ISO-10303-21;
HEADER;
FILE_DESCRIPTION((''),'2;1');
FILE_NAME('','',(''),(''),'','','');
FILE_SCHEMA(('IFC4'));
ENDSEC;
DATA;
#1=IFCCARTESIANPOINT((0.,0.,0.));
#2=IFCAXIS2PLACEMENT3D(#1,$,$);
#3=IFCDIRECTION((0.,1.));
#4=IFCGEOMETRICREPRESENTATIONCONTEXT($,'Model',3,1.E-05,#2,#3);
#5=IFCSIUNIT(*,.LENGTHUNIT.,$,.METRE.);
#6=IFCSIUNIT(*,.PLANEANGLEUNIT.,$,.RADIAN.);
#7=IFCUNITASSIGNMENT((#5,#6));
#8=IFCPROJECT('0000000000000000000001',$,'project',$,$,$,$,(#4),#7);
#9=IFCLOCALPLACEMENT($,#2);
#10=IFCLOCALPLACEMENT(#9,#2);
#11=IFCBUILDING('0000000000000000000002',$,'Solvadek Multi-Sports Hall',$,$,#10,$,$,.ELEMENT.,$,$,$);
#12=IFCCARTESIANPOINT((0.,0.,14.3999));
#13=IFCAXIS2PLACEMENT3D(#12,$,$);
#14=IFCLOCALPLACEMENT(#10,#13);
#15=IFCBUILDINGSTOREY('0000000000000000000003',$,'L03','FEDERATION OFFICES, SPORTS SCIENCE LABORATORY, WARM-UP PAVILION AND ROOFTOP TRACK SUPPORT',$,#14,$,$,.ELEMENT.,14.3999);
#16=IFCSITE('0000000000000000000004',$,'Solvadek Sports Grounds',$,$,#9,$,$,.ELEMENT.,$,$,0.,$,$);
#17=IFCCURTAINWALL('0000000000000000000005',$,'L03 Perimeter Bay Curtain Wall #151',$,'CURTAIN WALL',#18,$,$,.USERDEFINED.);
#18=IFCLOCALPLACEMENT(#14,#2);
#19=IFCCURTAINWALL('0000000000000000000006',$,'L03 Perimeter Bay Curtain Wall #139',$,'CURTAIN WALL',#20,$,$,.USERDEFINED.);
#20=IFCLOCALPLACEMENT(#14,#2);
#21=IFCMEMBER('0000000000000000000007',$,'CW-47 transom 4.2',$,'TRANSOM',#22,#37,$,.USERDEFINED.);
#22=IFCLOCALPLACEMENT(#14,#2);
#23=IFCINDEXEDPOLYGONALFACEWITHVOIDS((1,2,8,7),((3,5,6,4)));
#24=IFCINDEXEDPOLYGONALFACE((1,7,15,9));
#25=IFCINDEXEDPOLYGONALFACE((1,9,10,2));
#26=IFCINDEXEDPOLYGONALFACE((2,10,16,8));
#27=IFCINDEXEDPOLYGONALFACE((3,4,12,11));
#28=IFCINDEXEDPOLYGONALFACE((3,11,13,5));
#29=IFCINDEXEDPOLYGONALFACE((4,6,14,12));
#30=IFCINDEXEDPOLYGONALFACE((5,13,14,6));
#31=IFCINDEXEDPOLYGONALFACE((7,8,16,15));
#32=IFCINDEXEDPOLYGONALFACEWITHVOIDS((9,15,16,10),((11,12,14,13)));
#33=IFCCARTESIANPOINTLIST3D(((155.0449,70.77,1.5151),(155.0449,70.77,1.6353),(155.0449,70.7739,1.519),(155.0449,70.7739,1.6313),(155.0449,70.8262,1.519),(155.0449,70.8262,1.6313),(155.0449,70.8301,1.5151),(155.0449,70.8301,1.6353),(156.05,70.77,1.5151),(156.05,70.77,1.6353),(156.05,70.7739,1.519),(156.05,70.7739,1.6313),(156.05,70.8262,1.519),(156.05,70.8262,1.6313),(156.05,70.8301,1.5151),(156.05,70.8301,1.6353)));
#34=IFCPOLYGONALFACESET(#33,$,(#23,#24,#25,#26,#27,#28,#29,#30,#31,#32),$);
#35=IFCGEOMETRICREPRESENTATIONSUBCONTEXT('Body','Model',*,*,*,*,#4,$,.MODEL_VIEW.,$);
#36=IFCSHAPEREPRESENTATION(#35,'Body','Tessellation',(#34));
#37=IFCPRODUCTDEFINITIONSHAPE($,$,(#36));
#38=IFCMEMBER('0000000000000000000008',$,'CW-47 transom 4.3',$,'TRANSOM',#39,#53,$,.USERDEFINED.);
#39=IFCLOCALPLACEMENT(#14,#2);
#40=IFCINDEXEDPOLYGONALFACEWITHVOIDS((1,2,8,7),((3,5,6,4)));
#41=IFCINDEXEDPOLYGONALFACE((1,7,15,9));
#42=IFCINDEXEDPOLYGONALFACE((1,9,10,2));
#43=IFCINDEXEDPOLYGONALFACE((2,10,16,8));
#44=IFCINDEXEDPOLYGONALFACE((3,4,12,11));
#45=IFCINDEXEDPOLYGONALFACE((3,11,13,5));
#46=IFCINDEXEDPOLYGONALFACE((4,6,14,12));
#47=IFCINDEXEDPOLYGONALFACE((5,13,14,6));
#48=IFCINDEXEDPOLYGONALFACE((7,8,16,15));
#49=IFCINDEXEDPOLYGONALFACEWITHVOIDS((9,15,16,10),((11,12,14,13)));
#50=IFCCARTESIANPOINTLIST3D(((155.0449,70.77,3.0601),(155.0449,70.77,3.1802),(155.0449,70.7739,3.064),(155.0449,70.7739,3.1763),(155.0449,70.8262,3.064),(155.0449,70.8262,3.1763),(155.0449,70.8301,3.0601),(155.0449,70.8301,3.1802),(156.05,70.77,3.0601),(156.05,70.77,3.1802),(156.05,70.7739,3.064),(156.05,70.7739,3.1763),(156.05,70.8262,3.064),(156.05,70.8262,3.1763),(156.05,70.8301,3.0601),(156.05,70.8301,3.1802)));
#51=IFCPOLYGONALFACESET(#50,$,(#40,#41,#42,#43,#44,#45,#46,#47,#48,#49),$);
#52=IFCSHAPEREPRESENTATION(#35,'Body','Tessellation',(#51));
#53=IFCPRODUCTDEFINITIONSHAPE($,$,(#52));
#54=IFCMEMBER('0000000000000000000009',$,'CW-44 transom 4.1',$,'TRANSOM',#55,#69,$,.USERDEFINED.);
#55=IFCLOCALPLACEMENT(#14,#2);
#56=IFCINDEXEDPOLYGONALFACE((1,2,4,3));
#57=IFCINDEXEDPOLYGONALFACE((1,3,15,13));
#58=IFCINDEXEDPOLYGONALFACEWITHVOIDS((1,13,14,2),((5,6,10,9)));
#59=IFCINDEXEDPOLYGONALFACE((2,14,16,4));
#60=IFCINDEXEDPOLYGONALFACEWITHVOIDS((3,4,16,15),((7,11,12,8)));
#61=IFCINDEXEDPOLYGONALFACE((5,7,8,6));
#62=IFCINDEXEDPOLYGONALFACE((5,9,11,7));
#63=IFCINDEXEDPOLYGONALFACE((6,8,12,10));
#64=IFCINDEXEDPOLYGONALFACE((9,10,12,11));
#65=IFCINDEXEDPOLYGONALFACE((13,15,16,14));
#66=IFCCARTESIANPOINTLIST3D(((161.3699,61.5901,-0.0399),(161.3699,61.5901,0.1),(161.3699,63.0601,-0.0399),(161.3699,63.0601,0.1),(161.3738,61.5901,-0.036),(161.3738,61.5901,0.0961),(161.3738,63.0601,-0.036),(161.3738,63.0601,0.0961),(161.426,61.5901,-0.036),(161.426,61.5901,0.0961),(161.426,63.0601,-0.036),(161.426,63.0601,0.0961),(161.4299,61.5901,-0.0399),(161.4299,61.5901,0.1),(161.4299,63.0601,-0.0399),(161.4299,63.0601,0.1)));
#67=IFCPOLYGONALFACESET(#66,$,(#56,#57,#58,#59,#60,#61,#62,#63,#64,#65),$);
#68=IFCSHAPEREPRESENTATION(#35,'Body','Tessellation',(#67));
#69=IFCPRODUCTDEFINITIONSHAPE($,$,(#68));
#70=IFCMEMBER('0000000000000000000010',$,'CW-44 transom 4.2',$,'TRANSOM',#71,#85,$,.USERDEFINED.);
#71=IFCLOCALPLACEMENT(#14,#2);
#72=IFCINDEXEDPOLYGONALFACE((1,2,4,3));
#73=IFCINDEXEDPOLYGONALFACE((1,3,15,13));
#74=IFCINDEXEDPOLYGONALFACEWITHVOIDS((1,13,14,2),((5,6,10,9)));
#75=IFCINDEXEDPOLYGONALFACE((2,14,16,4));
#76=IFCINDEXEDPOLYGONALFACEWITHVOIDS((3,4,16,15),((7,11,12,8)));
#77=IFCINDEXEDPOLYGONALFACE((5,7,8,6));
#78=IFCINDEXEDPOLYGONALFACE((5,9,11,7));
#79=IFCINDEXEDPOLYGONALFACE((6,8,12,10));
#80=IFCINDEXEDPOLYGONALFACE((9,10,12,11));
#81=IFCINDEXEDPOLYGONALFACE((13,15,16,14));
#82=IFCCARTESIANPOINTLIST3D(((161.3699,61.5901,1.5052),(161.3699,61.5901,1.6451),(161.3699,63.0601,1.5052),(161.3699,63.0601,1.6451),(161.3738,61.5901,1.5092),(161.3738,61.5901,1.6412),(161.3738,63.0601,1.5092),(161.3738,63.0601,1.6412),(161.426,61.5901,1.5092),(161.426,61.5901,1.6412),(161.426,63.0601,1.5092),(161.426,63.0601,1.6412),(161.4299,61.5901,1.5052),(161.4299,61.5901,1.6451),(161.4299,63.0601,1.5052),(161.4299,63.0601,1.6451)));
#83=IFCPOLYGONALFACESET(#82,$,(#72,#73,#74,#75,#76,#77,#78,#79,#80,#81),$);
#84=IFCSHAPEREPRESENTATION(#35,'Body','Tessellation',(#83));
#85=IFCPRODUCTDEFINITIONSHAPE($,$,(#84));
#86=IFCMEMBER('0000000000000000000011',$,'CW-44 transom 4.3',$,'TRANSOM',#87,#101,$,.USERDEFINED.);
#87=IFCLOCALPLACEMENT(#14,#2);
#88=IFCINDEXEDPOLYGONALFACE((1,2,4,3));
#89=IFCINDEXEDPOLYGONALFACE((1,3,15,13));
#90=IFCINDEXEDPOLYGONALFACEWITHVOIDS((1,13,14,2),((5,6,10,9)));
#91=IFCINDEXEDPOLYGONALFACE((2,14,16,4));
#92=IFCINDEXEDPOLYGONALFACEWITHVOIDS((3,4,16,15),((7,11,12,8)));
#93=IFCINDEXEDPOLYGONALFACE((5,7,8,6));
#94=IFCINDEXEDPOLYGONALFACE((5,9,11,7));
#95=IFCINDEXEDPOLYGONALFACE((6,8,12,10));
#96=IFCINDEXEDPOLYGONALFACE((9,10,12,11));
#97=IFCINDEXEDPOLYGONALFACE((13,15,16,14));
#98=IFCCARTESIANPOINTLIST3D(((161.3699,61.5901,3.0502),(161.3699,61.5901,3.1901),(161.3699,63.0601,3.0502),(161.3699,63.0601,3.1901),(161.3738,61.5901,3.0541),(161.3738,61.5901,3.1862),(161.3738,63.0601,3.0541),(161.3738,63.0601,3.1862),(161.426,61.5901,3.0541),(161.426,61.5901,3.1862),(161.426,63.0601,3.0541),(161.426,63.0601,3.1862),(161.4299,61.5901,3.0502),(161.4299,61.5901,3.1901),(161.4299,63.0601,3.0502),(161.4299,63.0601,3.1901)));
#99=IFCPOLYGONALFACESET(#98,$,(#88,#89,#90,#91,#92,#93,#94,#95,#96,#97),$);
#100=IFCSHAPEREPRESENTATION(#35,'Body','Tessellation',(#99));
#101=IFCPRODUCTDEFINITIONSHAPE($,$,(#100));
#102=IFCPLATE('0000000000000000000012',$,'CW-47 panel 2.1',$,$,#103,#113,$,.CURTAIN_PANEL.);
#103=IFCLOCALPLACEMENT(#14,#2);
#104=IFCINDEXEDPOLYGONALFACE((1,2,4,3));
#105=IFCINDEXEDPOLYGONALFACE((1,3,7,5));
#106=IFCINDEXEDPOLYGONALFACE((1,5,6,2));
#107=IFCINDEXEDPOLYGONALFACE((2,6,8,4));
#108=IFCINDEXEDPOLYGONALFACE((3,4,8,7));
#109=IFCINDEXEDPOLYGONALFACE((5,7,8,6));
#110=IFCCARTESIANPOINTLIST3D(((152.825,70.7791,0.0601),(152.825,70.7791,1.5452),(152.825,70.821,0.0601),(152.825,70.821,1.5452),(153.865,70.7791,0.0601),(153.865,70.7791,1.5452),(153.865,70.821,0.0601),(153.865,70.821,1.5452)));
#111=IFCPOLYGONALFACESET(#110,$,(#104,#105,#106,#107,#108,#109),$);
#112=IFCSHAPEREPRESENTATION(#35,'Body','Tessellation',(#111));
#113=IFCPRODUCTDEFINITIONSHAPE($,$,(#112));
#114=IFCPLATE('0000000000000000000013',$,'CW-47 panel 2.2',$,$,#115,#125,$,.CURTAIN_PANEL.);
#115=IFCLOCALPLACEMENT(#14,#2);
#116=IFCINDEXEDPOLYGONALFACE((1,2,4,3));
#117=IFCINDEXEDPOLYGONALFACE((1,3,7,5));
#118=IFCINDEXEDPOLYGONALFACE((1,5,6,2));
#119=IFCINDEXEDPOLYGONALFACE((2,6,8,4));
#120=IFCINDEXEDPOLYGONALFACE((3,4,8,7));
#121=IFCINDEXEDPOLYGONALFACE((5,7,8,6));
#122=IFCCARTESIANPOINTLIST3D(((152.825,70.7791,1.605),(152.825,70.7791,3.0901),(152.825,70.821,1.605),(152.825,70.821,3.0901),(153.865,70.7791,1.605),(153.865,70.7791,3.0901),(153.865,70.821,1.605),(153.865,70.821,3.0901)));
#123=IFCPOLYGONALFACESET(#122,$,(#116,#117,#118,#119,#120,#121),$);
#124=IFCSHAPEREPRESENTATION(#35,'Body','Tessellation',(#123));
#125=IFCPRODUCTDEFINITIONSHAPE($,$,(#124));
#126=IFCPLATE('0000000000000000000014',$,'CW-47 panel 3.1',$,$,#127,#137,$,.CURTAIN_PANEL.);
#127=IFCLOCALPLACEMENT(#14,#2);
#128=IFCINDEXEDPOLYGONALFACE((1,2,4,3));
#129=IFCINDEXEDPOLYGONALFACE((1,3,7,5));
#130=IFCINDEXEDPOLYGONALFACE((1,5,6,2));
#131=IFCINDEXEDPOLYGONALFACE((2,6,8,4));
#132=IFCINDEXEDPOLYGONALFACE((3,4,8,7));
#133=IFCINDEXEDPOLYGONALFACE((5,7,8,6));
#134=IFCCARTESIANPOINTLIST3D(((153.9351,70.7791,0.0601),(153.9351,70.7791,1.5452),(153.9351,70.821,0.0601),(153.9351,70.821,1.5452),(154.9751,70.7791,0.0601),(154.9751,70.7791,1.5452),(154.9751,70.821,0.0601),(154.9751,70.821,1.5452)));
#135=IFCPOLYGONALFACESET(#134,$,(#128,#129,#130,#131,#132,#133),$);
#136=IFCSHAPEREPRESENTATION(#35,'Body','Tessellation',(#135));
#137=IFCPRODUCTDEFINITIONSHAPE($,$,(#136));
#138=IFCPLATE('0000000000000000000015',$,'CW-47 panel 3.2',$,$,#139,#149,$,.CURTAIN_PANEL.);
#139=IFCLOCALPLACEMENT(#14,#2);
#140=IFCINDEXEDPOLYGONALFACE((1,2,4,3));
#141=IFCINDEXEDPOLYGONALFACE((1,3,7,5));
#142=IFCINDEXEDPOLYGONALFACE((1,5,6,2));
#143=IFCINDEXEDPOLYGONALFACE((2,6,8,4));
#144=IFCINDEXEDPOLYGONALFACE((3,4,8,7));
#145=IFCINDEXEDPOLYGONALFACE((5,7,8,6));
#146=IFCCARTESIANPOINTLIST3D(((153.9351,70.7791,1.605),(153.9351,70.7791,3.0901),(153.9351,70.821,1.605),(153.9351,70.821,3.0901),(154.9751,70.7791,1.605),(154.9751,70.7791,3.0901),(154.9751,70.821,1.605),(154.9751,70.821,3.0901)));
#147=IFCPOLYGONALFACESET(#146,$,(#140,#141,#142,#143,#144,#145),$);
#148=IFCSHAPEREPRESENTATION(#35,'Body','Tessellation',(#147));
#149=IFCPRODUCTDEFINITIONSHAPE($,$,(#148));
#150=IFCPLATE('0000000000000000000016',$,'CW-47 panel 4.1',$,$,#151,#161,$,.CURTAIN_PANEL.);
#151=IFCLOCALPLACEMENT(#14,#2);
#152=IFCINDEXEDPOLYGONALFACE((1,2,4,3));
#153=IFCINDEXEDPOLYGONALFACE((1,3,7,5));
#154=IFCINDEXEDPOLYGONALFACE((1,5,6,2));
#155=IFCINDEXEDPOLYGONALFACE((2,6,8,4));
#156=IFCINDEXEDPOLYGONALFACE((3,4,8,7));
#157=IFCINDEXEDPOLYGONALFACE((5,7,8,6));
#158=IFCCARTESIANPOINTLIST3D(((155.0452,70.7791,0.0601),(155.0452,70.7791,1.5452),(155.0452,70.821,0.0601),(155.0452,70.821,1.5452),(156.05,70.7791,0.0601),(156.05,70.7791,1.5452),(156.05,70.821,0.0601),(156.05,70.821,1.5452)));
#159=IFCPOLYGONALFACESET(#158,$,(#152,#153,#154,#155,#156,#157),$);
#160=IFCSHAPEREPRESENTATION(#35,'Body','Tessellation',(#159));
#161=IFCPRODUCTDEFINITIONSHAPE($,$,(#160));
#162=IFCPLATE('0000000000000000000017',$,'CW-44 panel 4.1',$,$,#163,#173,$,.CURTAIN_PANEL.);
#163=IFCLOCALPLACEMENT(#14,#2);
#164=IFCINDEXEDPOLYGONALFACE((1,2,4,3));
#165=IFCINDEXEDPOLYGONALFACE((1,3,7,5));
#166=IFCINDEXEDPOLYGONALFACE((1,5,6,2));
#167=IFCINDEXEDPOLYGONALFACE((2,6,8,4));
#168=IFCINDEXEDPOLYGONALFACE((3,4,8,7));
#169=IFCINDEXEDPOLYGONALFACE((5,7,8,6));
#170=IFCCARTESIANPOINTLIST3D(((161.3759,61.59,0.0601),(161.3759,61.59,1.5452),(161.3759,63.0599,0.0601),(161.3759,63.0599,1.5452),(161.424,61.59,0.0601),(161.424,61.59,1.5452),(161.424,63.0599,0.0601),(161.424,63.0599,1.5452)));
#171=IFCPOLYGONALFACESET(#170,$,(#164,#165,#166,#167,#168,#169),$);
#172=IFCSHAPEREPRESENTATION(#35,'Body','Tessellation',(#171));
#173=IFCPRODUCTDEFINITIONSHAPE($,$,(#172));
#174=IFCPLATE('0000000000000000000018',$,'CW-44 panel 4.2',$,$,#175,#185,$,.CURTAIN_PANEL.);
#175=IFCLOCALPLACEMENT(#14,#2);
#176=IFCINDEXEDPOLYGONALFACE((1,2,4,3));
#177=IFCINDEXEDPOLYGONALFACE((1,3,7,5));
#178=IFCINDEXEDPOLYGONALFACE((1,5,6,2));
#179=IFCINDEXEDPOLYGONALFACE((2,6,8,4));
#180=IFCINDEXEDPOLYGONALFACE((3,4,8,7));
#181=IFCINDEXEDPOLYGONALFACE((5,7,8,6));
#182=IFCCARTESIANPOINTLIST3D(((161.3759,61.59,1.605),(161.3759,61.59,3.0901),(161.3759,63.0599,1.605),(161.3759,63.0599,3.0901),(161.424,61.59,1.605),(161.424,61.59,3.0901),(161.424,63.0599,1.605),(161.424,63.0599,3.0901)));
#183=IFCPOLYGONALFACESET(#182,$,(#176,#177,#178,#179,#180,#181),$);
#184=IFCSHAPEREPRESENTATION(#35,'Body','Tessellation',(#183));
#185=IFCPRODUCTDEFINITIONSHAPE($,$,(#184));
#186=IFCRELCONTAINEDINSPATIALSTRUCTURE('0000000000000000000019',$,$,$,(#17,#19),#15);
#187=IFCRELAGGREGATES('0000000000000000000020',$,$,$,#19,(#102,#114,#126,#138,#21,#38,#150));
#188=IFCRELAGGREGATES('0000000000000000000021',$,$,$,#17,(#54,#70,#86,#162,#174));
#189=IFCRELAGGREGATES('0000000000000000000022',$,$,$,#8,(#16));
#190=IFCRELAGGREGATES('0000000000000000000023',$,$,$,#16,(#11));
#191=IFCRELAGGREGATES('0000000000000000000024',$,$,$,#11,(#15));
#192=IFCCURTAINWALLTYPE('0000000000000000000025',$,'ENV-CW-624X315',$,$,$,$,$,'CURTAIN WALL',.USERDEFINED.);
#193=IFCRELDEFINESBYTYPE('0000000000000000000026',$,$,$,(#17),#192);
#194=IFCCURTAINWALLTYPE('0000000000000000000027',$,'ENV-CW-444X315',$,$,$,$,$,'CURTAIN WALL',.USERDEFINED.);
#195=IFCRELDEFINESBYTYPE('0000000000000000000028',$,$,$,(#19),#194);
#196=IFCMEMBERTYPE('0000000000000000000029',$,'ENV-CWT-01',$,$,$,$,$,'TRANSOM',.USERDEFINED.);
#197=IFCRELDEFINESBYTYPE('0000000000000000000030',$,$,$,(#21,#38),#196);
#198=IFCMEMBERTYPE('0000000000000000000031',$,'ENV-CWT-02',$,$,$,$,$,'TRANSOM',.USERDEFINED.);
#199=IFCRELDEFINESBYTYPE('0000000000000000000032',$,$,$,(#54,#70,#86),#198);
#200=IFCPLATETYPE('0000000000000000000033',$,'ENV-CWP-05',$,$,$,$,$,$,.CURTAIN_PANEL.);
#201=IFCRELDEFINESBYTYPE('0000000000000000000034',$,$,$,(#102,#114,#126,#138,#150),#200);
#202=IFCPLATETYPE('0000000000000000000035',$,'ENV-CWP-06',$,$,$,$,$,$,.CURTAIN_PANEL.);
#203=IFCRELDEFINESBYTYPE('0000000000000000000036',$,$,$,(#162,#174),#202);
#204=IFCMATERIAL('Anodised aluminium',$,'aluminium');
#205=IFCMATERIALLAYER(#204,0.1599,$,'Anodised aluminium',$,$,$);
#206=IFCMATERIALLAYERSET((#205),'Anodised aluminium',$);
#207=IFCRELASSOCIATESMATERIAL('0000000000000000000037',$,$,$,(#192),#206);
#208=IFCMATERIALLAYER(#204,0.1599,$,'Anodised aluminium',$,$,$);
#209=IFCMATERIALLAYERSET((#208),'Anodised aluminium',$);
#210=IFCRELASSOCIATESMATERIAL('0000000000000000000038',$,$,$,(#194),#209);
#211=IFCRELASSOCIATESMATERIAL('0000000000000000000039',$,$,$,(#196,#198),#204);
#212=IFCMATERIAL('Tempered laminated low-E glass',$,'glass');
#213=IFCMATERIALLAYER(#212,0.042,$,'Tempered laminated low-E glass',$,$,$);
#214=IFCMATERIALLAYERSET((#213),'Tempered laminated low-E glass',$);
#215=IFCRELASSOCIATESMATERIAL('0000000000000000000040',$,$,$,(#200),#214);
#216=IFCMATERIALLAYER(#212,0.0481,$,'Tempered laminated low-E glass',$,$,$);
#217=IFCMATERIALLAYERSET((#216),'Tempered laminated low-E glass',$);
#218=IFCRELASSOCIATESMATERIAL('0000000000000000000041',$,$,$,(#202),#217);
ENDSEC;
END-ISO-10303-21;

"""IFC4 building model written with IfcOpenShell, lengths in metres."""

from ifc_helpers import new_model, si_unit, direction, frame, origin, origin_2d, place, context, subcontext, project, spatial, rectangle, hollow_rectangle, extrude, material, layer, layer_set, material_profile, profile_set, type_object, element, aggregate, save


model = new_model("IFC4")

# Units and contexts
model_context = context("Model", 3, precision=1e-05, world=origin(), true_north=direction((0.0, 1.0)))
body_context = subcontext(model_context, "Body", "Model", "MODEL_VIEW")
ifc_project = project(units=[si_unit("LENGTHUNIT", "METRE"), si_unit("PLANEANGLEUNIT", "RADIAN")], contexts=[model_context])

# Site, building, storey
site_placement = place(None, origin())
site = spatial("IfcSite", under=ifc_project, at=site_placement, Name="Solvadek Sports Grounds", CompositionType="ELEMENT", RefElevation=0.0)
building_placement = place(site_placement, origin())
building = spatial("IfcBuilding", under=site, at=building_placement, Name="Solvadek Multi-Sports Hall", CompositionType="ELEMENT")
storey_placement = place(building_placement, frame((0.0, 0.0, 14.3999)))
storey = spatial("IfcBuildingStorey", under=building, at=storey_placement, Name="L03", Description="FEDERATION OFFICES, SPORTS SCIENCE LABORATORY, WARM-UP PAVILION AND ROOFTOP TRACK SUPPORT", CompositionType="ELEMENT", Elevation=14.3999)

# Curtain walls, members
ifc_material_1 = material(Name="Anodised aluminium", Category="aluminium")
ifc_layer_1 = layer(ifc_material_1, 0.1599, Name="Anodised aluminium")
ifc_layer_set_1 = layer_set([ifc_layer_1], Name="Anodised aluminium")
curtain_wall_type_1 = type_object("IfcCurtainWallType", Name="ENV-CW-624X315", ElementType="CURTAIN WALL", PredefinedType="USERDEFINED", material=ifc_layer_set_1)
curtain_wall_1_placement = place(storey_placement, origin())
curtain_wall_1 = element("IfcCurtainWall", 1, at=curtain_wall_1_placement, inside=storey, type_object=curtain_wall_type_1, Name="L03 Perimeter Bay Curtain Wall #151", ObjectType="CURTAIN WALL", PredefinedType="USERDEFINED")
ifc_layer_2 = layer(ifc_material_1, 0.1599, Name="Anodised aluminium")
ifc_layer_set_2 = layer_set([ifc_layer_2], Name="Anodised aluminium")
curtain_wall_type_2 = type_object("IfcCurtainWallType", Name="ENV-CW-444X315", ElementType="CURTAIN WALL", PredefinedType="USERDEFINED", material=ifc_layer_set_2)
curtain_wall_2_placement = place(storey_placement, origin())
curtain_wall_2 = element("IfcCurtainWall", 2, at=curtain_wall_2_placement, inside=storey, type_object=curtain_wall_type_2, Name="L03 Perimeter Bay Curtain Wall #139", ObjectType="CURTAIN WALL", PredefinedType="USERDEFINED")
ifc_material_profile_1 = material_profile(ifc_material_1, hollow_rectangle(XDim=0.0601, YDim=0.1201, WallThickness=0.0039, at=origin_2d()), Name="ALU-T 120x60x4")
ifc_profile_set_1 = profile_set([ifc_material_profile_1], Name="Anodised aluminium")
member_type_1 = type_object("IfcMemberType", Name="ENV-CWT-01", ElementType="TRANSOM", PredefinedType="USERDEFINED", material=ifc_profile_set_1)
member_1_placement = place(storey_placement, frame((155.0449, 70.8, 1.5752), z_axis=(1.0, 0.0, 0.0), x_axis=(0.0, 1.0, 0.0)))
member_1 = element("IfcMember", 3, at=member_1_placement, type_object=member_type_1, Name="CW-47 transom 4.2", ObjectType="TRANSOM", PredefinedType="USERDEFINED", context=body_context, shape_type="SweptSolid", body=[
    extrude(hollow_rectangle(XDim=0.0601, YDim=0.1201, WallThickness=0.0039, at=origin_2d()), origin(), (0.0, 0.0, 1.0), 1.0051),
])
member_2_placement = place(storey_placement, frame((155.0449, 70.8, 3.1201), z_axis=(1.0, 0.0, 0.0), x_axis=(0.0, 1.0, 0.0)))
member_2 = element("IfcMember", 4, at=member_2_placement, type_object=member_type_1, Name="CW-47 transom 4.3", ObjectType="TRANSOM", PredefinedType="USERDEFINED", context=body_context, shape_type="SweptSolid", body=[
    extrude(hollow_rectangle(XDim=0.0601, YDim=0.1201, WallThickness=0.0039, at=origin_2d()), origin(), (0.0, 0.0, 1.0), 1.0051),
])

# Members
ifc_material_profile_2 = material_profile(ifc_material_1, hollow_rectangle(XDim=0.0601, YDim=0.1399, WallThickness=0.0039, at=origin_2d()), Name="ALU-T 140x60x4")
ifc_profile_set_2 = profile_set([ifc_material_profile_2], Name="Anodised aluminium")
member_type_2 = type_object("IfcMemberType", Name="ENV-CWT-02", ElementType="TRANSOM", PredefinedType="USERDEFINED", material=ifc_profile_set_2)
member_3_placement = place(storey_placement, frame((161.3999, 61.5901, 0.03), z_axis=(0.0, 1.0, 0.0), x_axis=(-1.0, 0.0, 0.0)))
member_3 = element("IfcMember", 5, at=member_3_placement, type_object=member_type_2, Name="CW-44 transom 4.1", ObjectType="TRANSOM", PredefinedType="USERDEFINED", context=body_context, shape_type="SweptSolid", body=[
    extrude(hollow_rectangle(XDim=0.0601, YDim=0.1399, WallThickness=0.0039, at=origin_2d()), origin(), (0.0, 0.0, 1.0), 1.47),
])
member_4_placement = place(storey_placement, frame((161.3999, 61.5901, 1.5752), z_axis=(0.0, 1.0, 0.0), x_axis=(-1.0, 0.0, 0.0)))
member_4 = element("IfcMember", 6, at=member_4_placement, type_object=member_type_2, Name="CW-44 transom 4.2", ObjectType="TRANSOM", PredefinedType="USERDEFINED", context=body_context, shape_type="SweptSolid", body=[
    extrude(hollow_rectangle(XDim=0.0601, YDim=0.1399, WallThickness=0.0039, at=origin_2d()), origin(), (0.0, 0.0, 1.0), 1.47),
])
member_5_placement = place(storey_placement, frame((161.3999, 61.5901, 3.1201), z_axis=(0.0, 1.0, 0.0), x_axis=(-1.0, 0.0, 0.0)))
member_5 = element("IfcMember", 7, at=member_5_placement, type_object=member_type_2, Name="CW-44 transom 4.3", ObjectType="TRANSOM", PredefinedType="USERDEFINED", context=body_context, shape_type="SweptSolid", body=[
    extrude(hollow_rectangle(XDim=0.0601, YDim=0.1399, WallThickness=0.0039, at=origin_2d()), origin(), (0.0, 0.0, 1.0), 1.47),
])

# Plates
ifc_material_2 = material(Name="Tempered laminated low-E glass", Category="glass")
ifc_layer_3 = layer(ifc_material_2, 0.042, Name="Tempered laminated low-E glass")
ifc_layer_set_3 = layer_set([ifc_layer_3], Name="Tempered laminated low-E glass")
plate_type_1 = type_object("IfcPlateType", Name="ENV-CWP-05", PredefinedType="CURTAIN_PANEL", material=ifc_layer_set_3)
plate_1_placement = place(storey_placement, frame((153.345, 70.8, 0.0601), z_axis=(0.0, 0.0, 1.0), x_axis=(1.0, 0.0, 0.0)))
plate_1 = element("IfcPlate", 8, at=plate_1_placement, type_object=plate_type_1, Name="CW-47 panel 2.1", PredefinedType="CURTAIN_PANEL", context=body_context, shape_type="SweptSolid", body=[
    extrude(rectangle(XDim=1.04, YDim=0.042, at=origin_2d()), origin(), (0.0, 0.0, 1.0), 1.4851),
])
plate_2_placement = place(storey_placement, frame((153.345, 70.8, 1.605), z_axis=(0.0, 0.0, 1.0), x_axis=(1.0, 0.0, 0.0)))
plate_2 = element("IfcPlate", 9, at=plate_2_placement, type_object=plate_type_1, Name="CW-47 panel 2.2", PredefinedType="CURTAIN_PANEL", context=body_context, shape_type="SweptSolid", body=[
    extrude(rectangle(XDim=1.04, YDim=0.042, at=origin_2d()), origin(), (0.0, 0.0, 1.0), 1.4851),
])
plate_3_placement = place(storey_placement, frame((154.4551, 70.8, 0.0601), z_axis=(0.0, 0.0, 1.0), x_axis=(1.0, 0.0, 0.0)))
plate_3 = element("IfcPlate", 10, at=plate_3_placement, type_object=plate_type_1, Name="CW-47 panel 3.1", PredefinedType="CURTAIN_PANEL", context=body_context, shape_type="SweptSolid", body=[
    extrude(rectangle(XDim=1.04, YDim=0.042, at=origin_2d()), origin(), (0.0, 0.0, 1.0), 1.4851),
])
plate_4_placement = place(storey_placement, frame((154.4551, 70.8, 1.605), z_axis=(0.0, 0.0, 1.0), x_axis=(1.0, 0.0, 0.0)))
plate_4 = element("IfcPlate", 11, at=plate_4_placement, type_object=plate_type_1, Name="CW-47 panel 3.2", PredefinedType="CURTAIN_PANEL", context=body_context, shape_type="SweptSolid", body=[
    extrude(rectangle(XDim=1.04, YDim=0.042, at=origin_2d()), origin(), (0.0, 0.0, 1.0), 1.4851),
])
plate_5_placement = place(storey_placement, frame((155.5476, 70.8, 0.0601), z_axis=(0.0, 0.0, 1.0), x_axis=(1.0, 0.0, 0.0)))
plate_5 = element("IfcPlate", 12, at=plate_5_placement, type_object=plate_type_1, Name="CW-47 panel 4.1", PredefinedType="CURTAIN_PANEL", context=body_context, shape_type="SweptSolid", body=[
    extrude(rectangle(XDim=1.0049, YDim=0.042, at=origin_2d()), origin(), (0.0, 0.0, 1.0), 1.4851),
])
aggregate(curtain_wall_2, [plate_1, plate_2, plate_3, plate_4, member_1, member_2, plate_5])
ifc_layer_4 = layer(ifc_material_2, 0.0481, Name="Tempered laminated low-E glass")
ifc_layer_set_4 = layer_set([ifc_layer_4], Name="Tempered laminated low-E glass")
plate_type_2 = type_object("IfcPlateType", Name="ENV-CWP-06", PredefinedType="CURTAIN_PANEL", material=ifc_layer_set_4)
plate_6_placement = place(storey_placement, frame((161.3999, 62.325, 0.0601), z_axis=(0.0, 0.0, 1.0), x_axis=(0.0, 1.0, 0.0)))
plate_6 = element("IfcPlate", 13, at=plate_6_placement, type_object=plate_type_2, Name="CW-44 panel 4.1", PredefinedType="CURTAIN_PANEL", context=body_context, shape_type="SweptSolid", body=[
    extrude(rectangle(XDim=1.47, YDim=0.0481, at=origin_2d()), origin(), (0.0, 0.0, 1.0), 1.4851),
])
plate_7_placement = place(storey_placement, frame((161.3999, 62.325, 1.605), z_axis=(0.0, 0.0, 1.0), x_axis=(0.0, 1.0, 0.0)))
plate_7 = element("IfcPlate", 14, at=plate_7_placement, type_object=plate_type_2, Name="CW-44 panel 4.2", PredefinedType="CURTAIN_PANEL", context=body_context, shape_type="SweptSolid", body=[
    extrude(rectangle(XDim=1.47, YDim=0.0481, at=origin_2d()), origin(), (0.0, 0.0, 1.0), 1.4851),
])
aggregate(curtain_wall_1, [member_3, member_4, member_5, plate_6, plate_7])

save(model, "model.ifc")
